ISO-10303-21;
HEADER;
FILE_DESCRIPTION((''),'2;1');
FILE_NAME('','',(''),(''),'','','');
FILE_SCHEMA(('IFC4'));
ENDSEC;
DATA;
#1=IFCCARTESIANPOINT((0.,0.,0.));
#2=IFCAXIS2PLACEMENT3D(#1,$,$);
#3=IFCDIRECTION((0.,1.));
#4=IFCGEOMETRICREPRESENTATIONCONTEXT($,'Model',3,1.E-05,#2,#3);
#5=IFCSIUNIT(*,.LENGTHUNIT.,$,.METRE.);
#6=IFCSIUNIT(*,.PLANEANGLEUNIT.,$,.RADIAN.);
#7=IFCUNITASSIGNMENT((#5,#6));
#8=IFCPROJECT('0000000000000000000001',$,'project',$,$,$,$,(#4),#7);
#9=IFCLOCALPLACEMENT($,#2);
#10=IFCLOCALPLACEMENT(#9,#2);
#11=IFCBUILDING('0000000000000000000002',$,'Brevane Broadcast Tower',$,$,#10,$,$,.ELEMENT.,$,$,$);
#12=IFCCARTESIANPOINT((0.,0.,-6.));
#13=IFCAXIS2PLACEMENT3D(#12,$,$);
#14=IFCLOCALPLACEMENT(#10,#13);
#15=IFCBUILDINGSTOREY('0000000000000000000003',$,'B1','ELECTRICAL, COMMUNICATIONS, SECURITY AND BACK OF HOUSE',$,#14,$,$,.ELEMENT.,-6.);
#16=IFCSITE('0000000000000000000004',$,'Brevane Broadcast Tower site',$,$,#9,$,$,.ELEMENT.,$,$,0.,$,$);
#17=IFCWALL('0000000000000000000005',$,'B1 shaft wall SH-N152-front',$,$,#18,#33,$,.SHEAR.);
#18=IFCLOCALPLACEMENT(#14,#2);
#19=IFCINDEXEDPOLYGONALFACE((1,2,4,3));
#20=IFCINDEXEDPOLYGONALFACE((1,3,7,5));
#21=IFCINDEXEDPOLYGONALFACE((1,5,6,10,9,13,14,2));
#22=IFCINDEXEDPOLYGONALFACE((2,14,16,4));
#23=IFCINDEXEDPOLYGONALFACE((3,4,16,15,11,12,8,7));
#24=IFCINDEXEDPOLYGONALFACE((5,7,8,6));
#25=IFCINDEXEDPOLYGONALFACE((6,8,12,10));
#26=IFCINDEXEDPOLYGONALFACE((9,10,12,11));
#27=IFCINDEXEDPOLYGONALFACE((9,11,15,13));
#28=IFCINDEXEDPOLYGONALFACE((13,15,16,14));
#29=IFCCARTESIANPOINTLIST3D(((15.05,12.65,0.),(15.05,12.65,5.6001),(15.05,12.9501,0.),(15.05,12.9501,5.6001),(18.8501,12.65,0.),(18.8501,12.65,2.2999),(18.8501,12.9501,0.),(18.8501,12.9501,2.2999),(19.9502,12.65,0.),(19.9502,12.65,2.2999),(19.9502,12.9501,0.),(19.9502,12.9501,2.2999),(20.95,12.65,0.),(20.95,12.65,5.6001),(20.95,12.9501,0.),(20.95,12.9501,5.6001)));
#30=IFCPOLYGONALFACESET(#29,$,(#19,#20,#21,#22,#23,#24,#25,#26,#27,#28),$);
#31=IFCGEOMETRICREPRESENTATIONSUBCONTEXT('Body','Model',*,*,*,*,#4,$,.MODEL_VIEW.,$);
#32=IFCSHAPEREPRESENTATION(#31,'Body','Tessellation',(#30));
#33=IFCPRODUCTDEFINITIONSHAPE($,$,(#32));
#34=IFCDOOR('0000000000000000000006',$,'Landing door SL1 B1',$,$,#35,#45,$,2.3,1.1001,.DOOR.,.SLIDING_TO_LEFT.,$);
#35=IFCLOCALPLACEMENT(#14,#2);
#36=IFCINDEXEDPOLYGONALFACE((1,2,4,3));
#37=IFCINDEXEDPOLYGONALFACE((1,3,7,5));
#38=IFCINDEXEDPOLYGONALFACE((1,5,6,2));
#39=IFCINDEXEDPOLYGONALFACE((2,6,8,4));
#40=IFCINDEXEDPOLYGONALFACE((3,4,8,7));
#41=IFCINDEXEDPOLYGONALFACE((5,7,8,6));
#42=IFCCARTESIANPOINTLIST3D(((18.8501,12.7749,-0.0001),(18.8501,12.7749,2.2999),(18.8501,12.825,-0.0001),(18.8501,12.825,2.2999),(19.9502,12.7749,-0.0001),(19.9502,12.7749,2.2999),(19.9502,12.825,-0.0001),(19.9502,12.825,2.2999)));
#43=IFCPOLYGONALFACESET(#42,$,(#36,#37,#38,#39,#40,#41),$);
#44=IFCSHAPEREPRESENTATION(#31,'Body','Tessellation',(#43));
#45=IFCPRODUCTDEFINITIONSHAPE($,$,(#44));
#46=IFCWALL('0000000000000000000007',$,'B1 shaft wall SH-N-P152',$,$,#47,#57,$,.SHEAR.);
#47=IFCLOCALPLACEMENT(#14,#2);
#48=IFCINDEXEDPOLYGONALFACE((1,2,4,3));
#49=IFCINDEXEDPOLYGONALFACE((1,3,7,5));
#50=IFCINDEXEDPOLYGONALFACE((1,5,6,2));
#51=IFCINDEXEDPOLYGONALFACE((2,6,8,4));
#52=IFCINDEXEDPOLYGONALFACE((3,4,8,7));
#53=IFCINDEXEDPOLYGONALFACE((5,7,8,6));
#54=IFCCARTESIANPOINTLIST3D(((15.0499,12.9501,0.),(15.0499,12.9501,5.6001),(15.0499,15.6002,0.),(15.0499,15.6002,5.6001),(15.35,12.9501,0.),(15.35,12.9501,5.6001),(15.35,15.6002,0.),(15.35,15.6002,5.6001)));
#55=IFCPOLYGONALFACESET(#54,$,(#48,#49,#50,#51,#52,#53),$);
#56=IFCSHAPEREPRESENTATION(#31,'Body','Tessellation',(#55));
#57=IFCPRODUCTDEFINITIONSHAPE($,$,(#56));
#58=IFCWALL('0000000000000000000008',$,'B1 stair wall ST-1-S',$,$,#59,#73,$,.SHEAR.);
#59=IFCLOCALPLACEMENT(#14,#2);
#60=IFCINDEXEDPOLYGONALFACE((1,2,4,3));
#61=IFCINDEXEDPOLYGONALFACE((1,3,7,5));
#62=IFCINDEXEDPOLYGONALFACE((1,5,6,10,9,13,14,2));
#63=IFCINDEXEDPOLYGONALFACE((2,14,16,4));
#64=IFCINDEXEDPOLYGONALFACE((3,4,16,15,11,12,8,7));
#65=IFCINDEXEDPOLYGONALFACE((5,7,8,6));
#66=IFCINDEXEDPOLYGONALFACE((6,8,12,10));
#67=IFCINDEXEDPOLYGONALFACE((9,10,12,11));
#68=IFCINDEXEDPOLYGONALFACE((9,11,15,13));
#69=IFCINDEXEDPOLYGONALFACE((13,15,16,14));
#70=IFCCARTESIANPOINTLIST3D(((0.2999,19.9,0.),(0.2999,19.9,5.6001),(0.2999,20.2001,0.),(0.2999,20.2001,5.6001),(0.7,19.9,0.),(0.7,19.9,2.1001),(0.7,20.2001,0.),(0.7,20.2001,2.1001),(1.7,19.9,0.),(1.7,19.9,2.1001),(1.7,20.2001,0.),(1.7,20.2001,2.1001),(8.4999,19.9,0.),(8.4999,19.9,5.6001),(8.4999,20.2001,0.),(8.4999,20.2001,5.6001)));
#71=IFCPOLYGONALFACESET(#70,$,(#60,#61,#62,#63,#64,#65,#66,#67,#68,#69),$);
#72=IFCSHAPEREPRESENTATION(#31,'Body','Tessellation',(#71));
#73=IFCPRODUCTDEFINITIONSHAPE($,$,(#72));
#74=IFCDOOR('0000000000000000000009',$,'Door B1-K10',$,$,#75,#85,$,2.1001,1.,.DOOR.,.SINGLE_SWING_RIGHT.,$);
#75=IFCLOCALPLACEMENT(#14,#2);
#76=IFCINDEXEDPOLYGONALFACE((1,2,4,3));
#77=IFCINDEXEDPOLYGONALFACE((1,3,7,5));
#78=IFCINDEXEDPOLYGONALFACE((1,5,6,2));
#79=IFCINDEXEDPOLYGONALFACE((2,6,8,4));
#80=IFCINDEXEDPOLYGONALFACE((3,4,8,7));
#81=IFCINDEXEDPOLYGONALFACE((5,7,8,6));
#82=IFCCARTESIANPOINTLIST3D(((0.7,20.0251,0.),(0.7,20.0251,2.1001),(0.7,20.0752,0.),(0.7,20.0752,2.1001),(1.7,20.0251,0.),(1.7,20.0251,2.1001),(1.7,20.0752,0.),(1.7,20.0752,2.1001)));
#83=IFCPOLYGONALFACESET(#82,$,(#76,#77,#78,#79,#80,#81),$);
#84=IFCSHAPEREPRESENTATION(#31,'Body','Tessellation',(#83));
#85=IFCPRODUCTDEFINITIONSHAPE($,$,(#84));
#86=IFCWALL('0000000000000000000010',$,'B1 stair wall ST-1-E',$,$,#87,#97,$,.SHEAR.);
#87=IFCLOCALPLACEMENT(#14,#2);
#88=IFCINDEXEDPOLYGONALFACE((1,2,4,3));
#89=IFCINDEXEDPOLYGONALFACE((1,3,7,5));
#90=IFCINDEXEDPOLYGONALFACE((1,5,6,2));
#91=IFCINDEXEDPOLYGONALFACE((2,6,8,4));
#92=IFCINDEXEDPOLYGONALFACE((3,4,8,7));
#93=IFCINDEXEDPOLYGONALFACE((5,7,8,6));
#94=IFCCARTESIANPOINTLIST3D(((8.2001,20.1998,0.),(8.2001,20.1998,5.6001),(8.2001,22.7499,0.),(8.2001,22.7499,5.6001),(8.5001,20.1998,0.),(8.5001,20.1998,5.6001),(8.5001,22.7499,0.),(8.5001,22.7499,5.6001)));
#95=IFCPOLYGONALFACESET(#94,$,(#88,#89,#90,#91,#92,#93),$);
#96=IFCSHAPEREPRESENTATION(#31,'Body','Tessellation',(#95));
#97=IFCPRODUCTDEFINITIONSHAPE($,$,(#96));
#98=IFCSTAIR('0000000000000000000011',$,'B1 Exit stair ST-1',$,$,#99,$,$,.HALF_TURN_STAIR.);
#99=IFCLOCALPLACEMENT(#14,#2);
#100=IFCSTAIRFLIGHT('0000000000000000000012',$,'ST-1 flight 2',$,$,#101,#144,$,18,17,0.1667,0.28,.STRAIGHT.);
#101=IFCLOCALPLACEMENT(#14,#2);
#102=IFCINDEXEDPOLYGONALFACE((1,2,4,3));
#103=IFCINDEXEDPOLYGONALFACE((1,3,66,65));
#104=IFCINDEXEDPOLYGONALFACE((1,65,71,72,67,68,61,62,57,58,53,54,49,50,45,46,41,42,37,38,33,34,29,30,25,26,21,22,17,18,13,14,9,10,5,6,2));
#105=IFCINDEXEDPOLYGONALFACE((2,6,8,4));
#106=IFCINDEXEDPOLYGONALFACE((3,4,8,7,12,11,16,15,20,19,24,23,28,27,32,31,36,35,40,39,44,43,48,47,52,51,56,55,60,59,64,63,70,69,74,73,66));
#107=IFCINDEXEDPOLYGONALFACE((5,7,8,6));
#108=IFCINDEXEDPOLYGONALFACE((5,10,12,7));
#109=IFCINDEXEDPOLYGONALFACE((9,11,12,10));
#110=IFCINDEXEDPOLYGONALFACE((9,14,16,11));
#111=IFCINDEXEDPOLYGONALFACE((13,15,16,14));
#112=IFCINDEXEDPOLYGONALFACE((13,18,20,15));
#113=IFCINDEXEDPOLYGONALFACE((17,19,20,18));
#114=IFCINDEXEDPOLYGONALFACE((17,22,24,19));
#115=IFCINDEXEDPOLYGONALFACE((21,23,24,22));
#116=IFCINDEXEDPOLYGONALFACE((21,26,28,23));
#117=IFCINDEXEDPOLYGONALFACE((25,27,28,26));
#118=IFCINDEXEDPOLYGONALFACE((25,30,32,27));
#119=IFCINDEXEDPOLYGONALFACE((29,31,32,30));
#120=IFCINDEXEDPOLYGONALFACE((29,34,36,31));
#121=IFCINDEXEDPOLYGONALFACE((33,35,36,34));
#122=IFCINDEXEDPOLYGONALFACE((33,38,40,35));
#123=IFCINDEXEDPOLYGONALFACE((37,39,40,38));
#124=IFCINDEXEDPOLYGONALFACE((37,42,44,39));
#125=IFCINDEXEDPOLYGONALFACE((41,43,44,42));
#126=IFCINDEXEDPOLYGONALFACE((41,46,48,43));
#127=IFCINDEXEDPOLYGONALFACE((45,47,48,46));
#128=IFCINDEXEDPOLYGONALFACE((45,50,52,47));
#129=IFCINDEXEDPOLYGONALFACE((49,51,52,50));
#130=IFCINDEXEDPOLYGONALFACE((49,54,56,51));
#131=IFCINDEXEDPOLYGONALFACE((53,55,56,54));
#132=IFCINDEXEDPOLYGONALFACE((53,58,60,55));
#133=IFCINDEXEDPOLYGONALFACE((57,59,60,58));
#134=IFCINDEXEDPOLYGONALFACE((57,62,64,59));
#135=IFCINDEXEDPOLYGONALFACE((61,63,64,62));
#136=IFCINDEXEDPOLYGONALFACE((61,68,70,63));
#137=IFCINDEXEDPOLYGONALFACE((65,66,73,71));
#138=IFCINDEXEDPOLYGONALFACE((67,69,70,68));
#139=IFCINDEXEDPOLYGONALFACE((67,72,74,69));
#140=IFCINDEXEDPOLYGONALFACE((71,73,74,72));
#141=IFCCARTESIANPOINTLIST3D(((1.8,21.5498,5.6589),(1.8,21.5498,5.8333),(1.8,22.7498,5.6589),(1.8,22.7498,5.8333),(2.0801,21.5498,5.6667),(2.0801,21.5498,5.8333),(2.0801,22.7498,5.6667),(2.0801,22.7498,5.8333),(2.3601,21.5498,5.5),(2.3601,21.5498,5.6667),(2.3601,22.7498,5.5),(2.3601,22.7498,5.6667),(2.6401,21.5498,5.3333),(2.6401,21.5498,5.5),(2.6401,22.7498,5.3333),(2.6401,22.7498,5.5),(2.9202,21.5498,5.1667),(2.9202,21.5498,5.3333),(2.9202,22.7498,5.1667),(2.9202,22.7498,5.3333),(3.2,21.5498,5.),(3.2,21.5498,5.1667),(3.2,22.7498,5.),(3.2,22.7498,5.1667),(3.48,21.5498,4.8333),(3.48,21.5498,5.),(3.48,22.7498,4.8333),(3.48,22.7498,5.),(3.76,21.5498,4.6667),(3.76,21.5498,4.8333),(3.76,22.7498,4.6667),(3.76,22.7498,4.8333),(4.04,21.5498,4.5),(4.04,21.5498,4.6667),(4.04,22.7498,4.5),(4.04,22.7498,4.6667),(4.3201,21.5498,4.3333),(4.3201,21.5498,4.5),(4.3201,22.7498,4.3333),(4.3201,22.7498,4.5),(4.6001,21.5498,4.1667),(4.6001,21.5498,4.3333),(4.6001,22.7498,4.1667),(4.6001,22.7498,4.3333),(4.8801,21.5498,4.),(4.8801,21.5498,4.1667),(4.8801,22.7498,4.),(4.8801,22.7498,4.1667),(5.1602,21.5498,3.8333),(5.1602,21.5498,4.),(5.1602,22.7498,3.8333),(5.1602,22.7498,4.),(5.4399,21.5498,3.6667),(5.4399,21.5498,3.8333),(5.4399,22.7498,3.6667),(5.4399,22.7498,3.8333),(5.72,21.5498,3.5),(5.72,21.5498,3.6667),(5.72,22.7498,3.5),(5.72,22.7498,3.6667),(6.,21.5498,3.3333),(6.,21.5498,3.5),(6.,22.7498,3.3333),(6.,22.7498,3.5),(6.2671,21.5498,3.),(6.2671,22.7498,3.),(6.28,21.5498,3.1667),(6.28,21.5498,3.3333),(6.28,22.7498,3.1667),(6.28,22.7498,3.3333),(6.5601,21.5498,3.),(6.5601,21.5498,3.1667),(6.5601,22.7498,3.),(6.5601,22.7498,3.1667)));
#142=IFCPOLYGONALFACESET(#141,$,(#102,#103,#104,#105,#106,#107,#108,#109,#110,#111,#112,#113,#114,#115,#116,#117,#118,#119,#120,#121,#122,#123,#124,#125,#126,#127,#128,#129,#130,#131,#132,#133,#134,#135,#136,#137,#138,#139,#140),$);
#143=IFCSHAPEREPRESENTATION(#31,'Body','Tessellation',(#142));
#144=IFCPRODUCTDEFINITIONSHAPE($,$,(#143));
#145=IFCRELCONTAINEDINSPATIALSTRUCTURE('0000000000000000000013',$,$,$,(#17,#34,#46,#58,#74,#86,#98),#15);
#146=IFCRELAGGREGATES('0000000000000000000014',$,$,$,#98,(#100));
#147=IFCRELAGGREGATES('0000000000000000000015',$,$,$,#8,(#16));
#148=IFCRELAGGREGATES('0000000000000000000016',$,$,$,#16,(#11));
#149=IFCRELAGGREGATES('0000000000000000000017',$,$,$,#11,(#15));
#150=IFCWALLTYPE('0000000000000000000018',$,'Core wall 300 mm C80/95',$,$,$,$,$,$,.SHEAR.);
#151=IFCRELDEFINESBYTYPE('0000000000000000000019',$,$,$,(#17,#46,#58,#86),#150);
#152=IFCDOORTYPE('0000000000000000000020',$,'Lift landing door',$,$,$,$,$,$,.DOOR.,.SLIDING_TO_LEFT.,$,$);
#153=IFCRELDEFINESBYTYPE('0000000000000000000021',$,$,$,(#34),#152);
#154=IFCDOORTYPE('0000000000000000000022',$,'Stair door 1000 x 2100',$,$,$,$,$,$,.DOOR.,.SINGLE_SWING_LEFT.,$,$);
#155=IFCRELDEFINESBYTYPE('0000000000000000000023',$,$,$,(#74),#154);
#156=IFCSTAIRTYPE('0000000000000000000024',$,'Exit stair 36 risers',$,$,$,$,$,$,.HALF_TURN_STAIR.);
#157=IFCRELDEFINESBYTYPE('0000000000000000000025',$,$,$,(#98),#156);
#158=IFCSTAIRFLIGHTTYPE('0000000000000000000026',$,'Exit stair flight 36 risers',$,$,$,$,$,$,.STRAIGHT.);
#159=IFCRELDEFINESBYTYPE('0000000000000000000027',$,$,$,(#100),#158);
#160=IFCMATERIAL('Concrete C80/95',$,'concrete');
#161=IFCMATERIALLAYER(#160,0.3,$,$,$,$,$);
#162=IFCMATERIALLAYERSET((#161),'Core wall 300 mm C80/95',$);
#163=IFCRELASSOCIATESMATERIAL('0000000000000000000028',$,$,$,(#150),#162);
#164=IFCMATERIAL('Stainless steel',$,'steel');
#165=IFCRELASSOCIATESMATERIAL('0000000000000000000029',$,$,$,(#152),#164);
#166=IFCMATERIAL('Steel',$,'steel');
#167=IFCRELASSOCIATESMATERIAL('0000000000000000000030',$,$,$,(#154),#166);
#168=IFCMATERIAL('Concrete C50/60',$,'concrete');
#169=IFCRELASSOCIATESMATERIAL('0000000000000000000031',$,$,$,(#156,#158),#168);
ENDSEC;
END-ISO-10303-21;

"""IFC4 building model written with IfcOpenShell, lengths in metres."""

from ifc_helpers import new_model, si_unit, direction, frame, frame_2d, origin, place, context, subcontext, project, spatial, polyline, rectangle, outline, extrude, material, layer, layer_set, type_object, element, fill, aggregate, save


model = new_model("IFC4")

# Units and contexts
model_context = context("Model", 3, precision=1e-05, world=origin(), true_north=direction((0.0, 1.0)))
body_context = subcontext(model_context, "Body", "Model", "MODEL_VIEW")
ifc_project = project(units=[si_unit("LENGTHUNIT", "METRE"), si_unit("PLANEANGLEUNIT", "RADIAN")], contexts=[model_context])

# Site, building, storey
site_placement = place(None, origin())
site = spatial("IfcSite", under=ifc_project, at=site_placement, Name="Brevane Broadcast Tower site", CompositionType="ELEMENT", RefElevation=0.0)
building_placement = place(site_placement, origin())
building = spatial("IfcBuilding", under=site, at=building_placement, Name="Brevane Broadcast Tower", CompositionType="ELEMENT")
storey_placement = place(building_placement, frame((0.0, 0.0, -6.0)))
storey = spatial("IfcBuildingStorey", under=building, at=storey_placement, Name="B1", Description="ELECTRICAL, COMMUNICATIONS, SECURITY AND BACK OF HOUSE", CompositionType="ELEMENT", Elevation=-6.0)

# Shared definitions
ifc_material_1 = material(Name="Concrete C80/95", Category="concrete")

# Shared definitions
ifc_material_2 = material(Name="Steel", Category="steel")

# Wall, opening, door
ifc_layer_1 = layer(ifc_material_1, 0.3)
ifc_layer_set_1 = layer_set([ifc_layer_1], Name="Core wall 300 mm C80/95")
wall_type_1 = type_object("IfcWallType", Name="Core wall 300 mm C80/95", PredefinedType="SHEAR", material=ifc_layer_set_1)
wall_1_placement = place(storey_placement, frame((15.05, 12.8, 0.0), z_axis=(0.0, 0.0, 1.0), x_axis=(1.0, 0.0, 0.0)))
wall_1 = element("IfcWall", 1, at=wall_1_placement, inside=storey, type_object=wall_type_1, Name="B1 shaft wall SH-N152-front", PredefinedType="SHEAR", context=body_context, shape_type="SweptSolid", body=[
    extrude(rectangle(XDim=5.8999, YDim=0.3, at=frame_2d((2.95, 0.0))), origin(), (0.0, 0.0, 1.0), 5.6001),
])
opening_1_placement = place(wall_1_placement, frame((3.8, 0.0, 0.0)))
opening_1 = element("IfcOpeningElement", 2, at=opening_1_placement, cuts=wall_1, PredefinedType="OPENING", context=body_context, shape_type="SweptSolid", body=[
    extrude(rectangle(XDim=1.1001, YDim=2.3, at=frame_2d((0.55, 1.1499))), frame((0.0, 0.1599, 0.0), z_axis=(0.0, -1.0, 0.0), x_axis=(1.0, 0.0, 0.0)), (0.0, 0.0, 1.0), 0.3201),
])
ifc_material_3 = material(Name="Stainless steel", Category="steel")
door_type_1 = type_object("IfcDoorType", Name="Lift landing door", OperationType="SLIDING_TO_LEFT", PredefinedType="DOOR", material=ifc_material_3)
door_1_placement = place(opening_1_placement, origin())
door_1 = element("IfcDoor", 3, at=door_1_placement, inside=storey, type_object=door_type_1, Name="Landing door SL1 B1", OperationType="SLIDING_TO_LEFT", OverallHeight=2.3, OverallWidth=1.1001, PredefinedType="DOOR", context=body_context, shape_type="SweptSolid", body=[
    extrude(rectangle(XDim=1.1001, YDim=2.3, at=frame_2d((0.55, 1.1499))), frame((0.0, 0.0249, 0.0), z_axis=(0.0, -1.0, 0.0), x_axis=(1.0, 0.0, 0.0)), (0.0, 0.0, 1.0), 0.05),
])
fill(opening_1, door_1)

# Wall
wall_2_placement = place(storey_placement, frame((15.2, 12.95, 0.0), z_axis=(0.0, 0.0, 1.0), x_axis=(0.0, 1.0, 0.0)))
element("IfcWall", 4, at=wall_2_placement, inside=storey, type_object=wall_type_1, Name="B1 shaft wall SH-N-P152", PredefinedType="SHEAR", context=body_context, shape_type="SweptSolid", body=[
    extrude(rectangle(XDim=2.6501, YDim=0.3, at=frame_2d((1.3252, 0.0))), origin(), (0.0, 0.0, 1.0), 5.6001),
])

# Wall, opening, door
wall_3_placement = place(storey_placement, frame((8.5, 20.05, 0.0), z_axis=(0.0, 0.0, 1.0), x_axis=(-1.0, 0.0, 0.0)))
wall_3 = element("IfcWall", 5, at=wall_3_placement, inside=storey, type_object=wall_type_1, Name="B1 stair wall ST-1-S", PredefinedType="SHEAR", context=body_context, shape_type="SweptSolid", body=[
    extrude(rectangle(XDim=8.2, YDim=0.3, at=frame_2d((4.1001, 0.0))), origin(), (0.0, 0.0, 1.0), 5.6001),
])
opening_2_placement = place(wall_3_placement, frame((6.8, 0.0, 0.0)))
opening_2 = element("IfcOpeningElement", 6, at=opening_2_placement, cuts=wall_3, PredefinedType="OPENING", context=body_context, shape_type="SweptSolid", body=[
    extrude(rectangle(XDim=1.0, YDim=2.1001, at=frame_2d((0.5, 1.05))), frame((0.0, 0.1599, 0.0), z_axis=(0.0, -1.0, 0.0), x_axis=(1.0, 0.0, 0.0)), (0.0, 0.0, 1.0), 0.3201),
])
door_type_2 = type_object("IfcDoorType", Name="Stair door 1000 x 2100", OperationType="SINGLE_SWING_LEFT", PredefinedType="DOOR", material=ifc_material_2)
door_2_placement = place(opening_2_placement, origin())
door_2 = element("IfcDoor", 7, at=door_2_placement, inside=storey, type_object=door_type_2, Name="Door B1-K10", OperationType="SINGLE_SWING_RIGHT", OverallHeight=2.1001, OverallWidth=1.0, PredefinedType="DOOR", context=body_context, shape_type="SweptSolid", body=[
    extrude(rectangle(XDim=1.0, YDim=2.1001, at=frame_2d((0.5, 1.05))), frame((0.0, 0.0249, 0.0), z_axis=(0.0, -1.0, 0.0), x_axis=(1.0, 0.0, 0.0)), (0.0, 0.0, 1.0), 0.05),
])
fill(opening_2, door_2)

# Wall
wall_4_placement = place(storey_placement, frame((8.3501, 20.2, 0.0), z_axis=(0.0, 0.0, 1.0), x_axis=(0.0, 1.0, 0.0)))
element("IfcWall", 8, at=wall_4_placement, inside=storey, type_object=wall_type_1, Name="B1 stair wall ST-1-E", PredefinedType="SHEAR", context=body_context, shape_type="SweptSolid", body=[
    extrude(rectangle(XDim=2.55, YDim=0.3, at=frame_2d((1.2749, 0.0))), origin(), (0.0, 0.0, 1.0), 5.6001),
])

# Stair, stair flight
ifc_material_4 = material(Name="Concrete C50/60", Category="concrete")
stair_type = type_object("IfcStairType", Name="Exit stair 36 risers", PredefinedType="HALF_TURN_STAIR", material=ifc_material_4)
stair_placement = place(storey_placement, origin())
stair = element("IfcStair", 9, at=stair_placement, inside=storey, type_object=stair_type, Name="B1 Exit stair ST-1", PredefinedType="HALF_TURN_STAIR")
stair_flight_type = type_object("IfcStairFlightType", Name="Exit stair flight 36 risers", PredefinedType="STRAIGHT", material=ifc_material_4)
stair_flight_placement = place(storey_placement, frame((6.5601, 22.1499, 3.0), z_axis=(0.0, 0.0, 1.0), x_axis=(-1.0, 0.0, 0.0)))
stair_flight = element("IfcStairFlight", 10, at=stair_flight_placement, type_object=stair_flight_type, Name="ST-1 flight 2", NumberOfRisers=18, NumberOfTreads=17, PredefinedType="STRAIGHT", RiserHeight=0.1667, TreadLength=0.28, context=body_context, shape_type="SweptSolid", body=[
    extrude(outline(polyline([(0.0, 0.0), (0.0, 0.1667), (0.28, 0.1667), (0.28, 0.3333), (0.5601, 0.3333), (0.5601, 0.5), (0.8401, 0.5), (0.8401, 0.6667), (1.1201, 0.6667), (1.1201, 0.8333), (1.3999, 0.8333), (1.3999, 1.0), (1.6799, 1.0), (1.6799, 1.1667), (1.96, 1.1667), (1.96, 1.3333), (2.24, 1.3333), (2.24, 1.5), (2.52, 1.5), (2.52, 1.6667), (2.8, 1.6667), (2.8, 1.8333), (3.0801, 1.8333), (3.0801, 2.0), (3.3601, 2.0), (3.3601, 2.1667), (3.6399, 2.1667), (3.6399, 2.3333), (3.9199, 2.3333), (3.9199, 2.5), (4.2, 2.5), (4.2, 2.6667), (4.48, 2.6667), (4.48, 2.8333), (4.76, 2.8333), (4.76, 3.0), (4.76, 2.6589), (0.293, 0.0), (0.0, 0.0)])), frame((0.0, 0.6001, 0.0), z_axis=(0.0, -1.0, 0.0), x_axis=(1.0, 0.0, 0.0)), (0.0, 0.0, 1.0), 1.2),
])
aggregate(stair, [stair_flight])

save(model, "model.ifc")
